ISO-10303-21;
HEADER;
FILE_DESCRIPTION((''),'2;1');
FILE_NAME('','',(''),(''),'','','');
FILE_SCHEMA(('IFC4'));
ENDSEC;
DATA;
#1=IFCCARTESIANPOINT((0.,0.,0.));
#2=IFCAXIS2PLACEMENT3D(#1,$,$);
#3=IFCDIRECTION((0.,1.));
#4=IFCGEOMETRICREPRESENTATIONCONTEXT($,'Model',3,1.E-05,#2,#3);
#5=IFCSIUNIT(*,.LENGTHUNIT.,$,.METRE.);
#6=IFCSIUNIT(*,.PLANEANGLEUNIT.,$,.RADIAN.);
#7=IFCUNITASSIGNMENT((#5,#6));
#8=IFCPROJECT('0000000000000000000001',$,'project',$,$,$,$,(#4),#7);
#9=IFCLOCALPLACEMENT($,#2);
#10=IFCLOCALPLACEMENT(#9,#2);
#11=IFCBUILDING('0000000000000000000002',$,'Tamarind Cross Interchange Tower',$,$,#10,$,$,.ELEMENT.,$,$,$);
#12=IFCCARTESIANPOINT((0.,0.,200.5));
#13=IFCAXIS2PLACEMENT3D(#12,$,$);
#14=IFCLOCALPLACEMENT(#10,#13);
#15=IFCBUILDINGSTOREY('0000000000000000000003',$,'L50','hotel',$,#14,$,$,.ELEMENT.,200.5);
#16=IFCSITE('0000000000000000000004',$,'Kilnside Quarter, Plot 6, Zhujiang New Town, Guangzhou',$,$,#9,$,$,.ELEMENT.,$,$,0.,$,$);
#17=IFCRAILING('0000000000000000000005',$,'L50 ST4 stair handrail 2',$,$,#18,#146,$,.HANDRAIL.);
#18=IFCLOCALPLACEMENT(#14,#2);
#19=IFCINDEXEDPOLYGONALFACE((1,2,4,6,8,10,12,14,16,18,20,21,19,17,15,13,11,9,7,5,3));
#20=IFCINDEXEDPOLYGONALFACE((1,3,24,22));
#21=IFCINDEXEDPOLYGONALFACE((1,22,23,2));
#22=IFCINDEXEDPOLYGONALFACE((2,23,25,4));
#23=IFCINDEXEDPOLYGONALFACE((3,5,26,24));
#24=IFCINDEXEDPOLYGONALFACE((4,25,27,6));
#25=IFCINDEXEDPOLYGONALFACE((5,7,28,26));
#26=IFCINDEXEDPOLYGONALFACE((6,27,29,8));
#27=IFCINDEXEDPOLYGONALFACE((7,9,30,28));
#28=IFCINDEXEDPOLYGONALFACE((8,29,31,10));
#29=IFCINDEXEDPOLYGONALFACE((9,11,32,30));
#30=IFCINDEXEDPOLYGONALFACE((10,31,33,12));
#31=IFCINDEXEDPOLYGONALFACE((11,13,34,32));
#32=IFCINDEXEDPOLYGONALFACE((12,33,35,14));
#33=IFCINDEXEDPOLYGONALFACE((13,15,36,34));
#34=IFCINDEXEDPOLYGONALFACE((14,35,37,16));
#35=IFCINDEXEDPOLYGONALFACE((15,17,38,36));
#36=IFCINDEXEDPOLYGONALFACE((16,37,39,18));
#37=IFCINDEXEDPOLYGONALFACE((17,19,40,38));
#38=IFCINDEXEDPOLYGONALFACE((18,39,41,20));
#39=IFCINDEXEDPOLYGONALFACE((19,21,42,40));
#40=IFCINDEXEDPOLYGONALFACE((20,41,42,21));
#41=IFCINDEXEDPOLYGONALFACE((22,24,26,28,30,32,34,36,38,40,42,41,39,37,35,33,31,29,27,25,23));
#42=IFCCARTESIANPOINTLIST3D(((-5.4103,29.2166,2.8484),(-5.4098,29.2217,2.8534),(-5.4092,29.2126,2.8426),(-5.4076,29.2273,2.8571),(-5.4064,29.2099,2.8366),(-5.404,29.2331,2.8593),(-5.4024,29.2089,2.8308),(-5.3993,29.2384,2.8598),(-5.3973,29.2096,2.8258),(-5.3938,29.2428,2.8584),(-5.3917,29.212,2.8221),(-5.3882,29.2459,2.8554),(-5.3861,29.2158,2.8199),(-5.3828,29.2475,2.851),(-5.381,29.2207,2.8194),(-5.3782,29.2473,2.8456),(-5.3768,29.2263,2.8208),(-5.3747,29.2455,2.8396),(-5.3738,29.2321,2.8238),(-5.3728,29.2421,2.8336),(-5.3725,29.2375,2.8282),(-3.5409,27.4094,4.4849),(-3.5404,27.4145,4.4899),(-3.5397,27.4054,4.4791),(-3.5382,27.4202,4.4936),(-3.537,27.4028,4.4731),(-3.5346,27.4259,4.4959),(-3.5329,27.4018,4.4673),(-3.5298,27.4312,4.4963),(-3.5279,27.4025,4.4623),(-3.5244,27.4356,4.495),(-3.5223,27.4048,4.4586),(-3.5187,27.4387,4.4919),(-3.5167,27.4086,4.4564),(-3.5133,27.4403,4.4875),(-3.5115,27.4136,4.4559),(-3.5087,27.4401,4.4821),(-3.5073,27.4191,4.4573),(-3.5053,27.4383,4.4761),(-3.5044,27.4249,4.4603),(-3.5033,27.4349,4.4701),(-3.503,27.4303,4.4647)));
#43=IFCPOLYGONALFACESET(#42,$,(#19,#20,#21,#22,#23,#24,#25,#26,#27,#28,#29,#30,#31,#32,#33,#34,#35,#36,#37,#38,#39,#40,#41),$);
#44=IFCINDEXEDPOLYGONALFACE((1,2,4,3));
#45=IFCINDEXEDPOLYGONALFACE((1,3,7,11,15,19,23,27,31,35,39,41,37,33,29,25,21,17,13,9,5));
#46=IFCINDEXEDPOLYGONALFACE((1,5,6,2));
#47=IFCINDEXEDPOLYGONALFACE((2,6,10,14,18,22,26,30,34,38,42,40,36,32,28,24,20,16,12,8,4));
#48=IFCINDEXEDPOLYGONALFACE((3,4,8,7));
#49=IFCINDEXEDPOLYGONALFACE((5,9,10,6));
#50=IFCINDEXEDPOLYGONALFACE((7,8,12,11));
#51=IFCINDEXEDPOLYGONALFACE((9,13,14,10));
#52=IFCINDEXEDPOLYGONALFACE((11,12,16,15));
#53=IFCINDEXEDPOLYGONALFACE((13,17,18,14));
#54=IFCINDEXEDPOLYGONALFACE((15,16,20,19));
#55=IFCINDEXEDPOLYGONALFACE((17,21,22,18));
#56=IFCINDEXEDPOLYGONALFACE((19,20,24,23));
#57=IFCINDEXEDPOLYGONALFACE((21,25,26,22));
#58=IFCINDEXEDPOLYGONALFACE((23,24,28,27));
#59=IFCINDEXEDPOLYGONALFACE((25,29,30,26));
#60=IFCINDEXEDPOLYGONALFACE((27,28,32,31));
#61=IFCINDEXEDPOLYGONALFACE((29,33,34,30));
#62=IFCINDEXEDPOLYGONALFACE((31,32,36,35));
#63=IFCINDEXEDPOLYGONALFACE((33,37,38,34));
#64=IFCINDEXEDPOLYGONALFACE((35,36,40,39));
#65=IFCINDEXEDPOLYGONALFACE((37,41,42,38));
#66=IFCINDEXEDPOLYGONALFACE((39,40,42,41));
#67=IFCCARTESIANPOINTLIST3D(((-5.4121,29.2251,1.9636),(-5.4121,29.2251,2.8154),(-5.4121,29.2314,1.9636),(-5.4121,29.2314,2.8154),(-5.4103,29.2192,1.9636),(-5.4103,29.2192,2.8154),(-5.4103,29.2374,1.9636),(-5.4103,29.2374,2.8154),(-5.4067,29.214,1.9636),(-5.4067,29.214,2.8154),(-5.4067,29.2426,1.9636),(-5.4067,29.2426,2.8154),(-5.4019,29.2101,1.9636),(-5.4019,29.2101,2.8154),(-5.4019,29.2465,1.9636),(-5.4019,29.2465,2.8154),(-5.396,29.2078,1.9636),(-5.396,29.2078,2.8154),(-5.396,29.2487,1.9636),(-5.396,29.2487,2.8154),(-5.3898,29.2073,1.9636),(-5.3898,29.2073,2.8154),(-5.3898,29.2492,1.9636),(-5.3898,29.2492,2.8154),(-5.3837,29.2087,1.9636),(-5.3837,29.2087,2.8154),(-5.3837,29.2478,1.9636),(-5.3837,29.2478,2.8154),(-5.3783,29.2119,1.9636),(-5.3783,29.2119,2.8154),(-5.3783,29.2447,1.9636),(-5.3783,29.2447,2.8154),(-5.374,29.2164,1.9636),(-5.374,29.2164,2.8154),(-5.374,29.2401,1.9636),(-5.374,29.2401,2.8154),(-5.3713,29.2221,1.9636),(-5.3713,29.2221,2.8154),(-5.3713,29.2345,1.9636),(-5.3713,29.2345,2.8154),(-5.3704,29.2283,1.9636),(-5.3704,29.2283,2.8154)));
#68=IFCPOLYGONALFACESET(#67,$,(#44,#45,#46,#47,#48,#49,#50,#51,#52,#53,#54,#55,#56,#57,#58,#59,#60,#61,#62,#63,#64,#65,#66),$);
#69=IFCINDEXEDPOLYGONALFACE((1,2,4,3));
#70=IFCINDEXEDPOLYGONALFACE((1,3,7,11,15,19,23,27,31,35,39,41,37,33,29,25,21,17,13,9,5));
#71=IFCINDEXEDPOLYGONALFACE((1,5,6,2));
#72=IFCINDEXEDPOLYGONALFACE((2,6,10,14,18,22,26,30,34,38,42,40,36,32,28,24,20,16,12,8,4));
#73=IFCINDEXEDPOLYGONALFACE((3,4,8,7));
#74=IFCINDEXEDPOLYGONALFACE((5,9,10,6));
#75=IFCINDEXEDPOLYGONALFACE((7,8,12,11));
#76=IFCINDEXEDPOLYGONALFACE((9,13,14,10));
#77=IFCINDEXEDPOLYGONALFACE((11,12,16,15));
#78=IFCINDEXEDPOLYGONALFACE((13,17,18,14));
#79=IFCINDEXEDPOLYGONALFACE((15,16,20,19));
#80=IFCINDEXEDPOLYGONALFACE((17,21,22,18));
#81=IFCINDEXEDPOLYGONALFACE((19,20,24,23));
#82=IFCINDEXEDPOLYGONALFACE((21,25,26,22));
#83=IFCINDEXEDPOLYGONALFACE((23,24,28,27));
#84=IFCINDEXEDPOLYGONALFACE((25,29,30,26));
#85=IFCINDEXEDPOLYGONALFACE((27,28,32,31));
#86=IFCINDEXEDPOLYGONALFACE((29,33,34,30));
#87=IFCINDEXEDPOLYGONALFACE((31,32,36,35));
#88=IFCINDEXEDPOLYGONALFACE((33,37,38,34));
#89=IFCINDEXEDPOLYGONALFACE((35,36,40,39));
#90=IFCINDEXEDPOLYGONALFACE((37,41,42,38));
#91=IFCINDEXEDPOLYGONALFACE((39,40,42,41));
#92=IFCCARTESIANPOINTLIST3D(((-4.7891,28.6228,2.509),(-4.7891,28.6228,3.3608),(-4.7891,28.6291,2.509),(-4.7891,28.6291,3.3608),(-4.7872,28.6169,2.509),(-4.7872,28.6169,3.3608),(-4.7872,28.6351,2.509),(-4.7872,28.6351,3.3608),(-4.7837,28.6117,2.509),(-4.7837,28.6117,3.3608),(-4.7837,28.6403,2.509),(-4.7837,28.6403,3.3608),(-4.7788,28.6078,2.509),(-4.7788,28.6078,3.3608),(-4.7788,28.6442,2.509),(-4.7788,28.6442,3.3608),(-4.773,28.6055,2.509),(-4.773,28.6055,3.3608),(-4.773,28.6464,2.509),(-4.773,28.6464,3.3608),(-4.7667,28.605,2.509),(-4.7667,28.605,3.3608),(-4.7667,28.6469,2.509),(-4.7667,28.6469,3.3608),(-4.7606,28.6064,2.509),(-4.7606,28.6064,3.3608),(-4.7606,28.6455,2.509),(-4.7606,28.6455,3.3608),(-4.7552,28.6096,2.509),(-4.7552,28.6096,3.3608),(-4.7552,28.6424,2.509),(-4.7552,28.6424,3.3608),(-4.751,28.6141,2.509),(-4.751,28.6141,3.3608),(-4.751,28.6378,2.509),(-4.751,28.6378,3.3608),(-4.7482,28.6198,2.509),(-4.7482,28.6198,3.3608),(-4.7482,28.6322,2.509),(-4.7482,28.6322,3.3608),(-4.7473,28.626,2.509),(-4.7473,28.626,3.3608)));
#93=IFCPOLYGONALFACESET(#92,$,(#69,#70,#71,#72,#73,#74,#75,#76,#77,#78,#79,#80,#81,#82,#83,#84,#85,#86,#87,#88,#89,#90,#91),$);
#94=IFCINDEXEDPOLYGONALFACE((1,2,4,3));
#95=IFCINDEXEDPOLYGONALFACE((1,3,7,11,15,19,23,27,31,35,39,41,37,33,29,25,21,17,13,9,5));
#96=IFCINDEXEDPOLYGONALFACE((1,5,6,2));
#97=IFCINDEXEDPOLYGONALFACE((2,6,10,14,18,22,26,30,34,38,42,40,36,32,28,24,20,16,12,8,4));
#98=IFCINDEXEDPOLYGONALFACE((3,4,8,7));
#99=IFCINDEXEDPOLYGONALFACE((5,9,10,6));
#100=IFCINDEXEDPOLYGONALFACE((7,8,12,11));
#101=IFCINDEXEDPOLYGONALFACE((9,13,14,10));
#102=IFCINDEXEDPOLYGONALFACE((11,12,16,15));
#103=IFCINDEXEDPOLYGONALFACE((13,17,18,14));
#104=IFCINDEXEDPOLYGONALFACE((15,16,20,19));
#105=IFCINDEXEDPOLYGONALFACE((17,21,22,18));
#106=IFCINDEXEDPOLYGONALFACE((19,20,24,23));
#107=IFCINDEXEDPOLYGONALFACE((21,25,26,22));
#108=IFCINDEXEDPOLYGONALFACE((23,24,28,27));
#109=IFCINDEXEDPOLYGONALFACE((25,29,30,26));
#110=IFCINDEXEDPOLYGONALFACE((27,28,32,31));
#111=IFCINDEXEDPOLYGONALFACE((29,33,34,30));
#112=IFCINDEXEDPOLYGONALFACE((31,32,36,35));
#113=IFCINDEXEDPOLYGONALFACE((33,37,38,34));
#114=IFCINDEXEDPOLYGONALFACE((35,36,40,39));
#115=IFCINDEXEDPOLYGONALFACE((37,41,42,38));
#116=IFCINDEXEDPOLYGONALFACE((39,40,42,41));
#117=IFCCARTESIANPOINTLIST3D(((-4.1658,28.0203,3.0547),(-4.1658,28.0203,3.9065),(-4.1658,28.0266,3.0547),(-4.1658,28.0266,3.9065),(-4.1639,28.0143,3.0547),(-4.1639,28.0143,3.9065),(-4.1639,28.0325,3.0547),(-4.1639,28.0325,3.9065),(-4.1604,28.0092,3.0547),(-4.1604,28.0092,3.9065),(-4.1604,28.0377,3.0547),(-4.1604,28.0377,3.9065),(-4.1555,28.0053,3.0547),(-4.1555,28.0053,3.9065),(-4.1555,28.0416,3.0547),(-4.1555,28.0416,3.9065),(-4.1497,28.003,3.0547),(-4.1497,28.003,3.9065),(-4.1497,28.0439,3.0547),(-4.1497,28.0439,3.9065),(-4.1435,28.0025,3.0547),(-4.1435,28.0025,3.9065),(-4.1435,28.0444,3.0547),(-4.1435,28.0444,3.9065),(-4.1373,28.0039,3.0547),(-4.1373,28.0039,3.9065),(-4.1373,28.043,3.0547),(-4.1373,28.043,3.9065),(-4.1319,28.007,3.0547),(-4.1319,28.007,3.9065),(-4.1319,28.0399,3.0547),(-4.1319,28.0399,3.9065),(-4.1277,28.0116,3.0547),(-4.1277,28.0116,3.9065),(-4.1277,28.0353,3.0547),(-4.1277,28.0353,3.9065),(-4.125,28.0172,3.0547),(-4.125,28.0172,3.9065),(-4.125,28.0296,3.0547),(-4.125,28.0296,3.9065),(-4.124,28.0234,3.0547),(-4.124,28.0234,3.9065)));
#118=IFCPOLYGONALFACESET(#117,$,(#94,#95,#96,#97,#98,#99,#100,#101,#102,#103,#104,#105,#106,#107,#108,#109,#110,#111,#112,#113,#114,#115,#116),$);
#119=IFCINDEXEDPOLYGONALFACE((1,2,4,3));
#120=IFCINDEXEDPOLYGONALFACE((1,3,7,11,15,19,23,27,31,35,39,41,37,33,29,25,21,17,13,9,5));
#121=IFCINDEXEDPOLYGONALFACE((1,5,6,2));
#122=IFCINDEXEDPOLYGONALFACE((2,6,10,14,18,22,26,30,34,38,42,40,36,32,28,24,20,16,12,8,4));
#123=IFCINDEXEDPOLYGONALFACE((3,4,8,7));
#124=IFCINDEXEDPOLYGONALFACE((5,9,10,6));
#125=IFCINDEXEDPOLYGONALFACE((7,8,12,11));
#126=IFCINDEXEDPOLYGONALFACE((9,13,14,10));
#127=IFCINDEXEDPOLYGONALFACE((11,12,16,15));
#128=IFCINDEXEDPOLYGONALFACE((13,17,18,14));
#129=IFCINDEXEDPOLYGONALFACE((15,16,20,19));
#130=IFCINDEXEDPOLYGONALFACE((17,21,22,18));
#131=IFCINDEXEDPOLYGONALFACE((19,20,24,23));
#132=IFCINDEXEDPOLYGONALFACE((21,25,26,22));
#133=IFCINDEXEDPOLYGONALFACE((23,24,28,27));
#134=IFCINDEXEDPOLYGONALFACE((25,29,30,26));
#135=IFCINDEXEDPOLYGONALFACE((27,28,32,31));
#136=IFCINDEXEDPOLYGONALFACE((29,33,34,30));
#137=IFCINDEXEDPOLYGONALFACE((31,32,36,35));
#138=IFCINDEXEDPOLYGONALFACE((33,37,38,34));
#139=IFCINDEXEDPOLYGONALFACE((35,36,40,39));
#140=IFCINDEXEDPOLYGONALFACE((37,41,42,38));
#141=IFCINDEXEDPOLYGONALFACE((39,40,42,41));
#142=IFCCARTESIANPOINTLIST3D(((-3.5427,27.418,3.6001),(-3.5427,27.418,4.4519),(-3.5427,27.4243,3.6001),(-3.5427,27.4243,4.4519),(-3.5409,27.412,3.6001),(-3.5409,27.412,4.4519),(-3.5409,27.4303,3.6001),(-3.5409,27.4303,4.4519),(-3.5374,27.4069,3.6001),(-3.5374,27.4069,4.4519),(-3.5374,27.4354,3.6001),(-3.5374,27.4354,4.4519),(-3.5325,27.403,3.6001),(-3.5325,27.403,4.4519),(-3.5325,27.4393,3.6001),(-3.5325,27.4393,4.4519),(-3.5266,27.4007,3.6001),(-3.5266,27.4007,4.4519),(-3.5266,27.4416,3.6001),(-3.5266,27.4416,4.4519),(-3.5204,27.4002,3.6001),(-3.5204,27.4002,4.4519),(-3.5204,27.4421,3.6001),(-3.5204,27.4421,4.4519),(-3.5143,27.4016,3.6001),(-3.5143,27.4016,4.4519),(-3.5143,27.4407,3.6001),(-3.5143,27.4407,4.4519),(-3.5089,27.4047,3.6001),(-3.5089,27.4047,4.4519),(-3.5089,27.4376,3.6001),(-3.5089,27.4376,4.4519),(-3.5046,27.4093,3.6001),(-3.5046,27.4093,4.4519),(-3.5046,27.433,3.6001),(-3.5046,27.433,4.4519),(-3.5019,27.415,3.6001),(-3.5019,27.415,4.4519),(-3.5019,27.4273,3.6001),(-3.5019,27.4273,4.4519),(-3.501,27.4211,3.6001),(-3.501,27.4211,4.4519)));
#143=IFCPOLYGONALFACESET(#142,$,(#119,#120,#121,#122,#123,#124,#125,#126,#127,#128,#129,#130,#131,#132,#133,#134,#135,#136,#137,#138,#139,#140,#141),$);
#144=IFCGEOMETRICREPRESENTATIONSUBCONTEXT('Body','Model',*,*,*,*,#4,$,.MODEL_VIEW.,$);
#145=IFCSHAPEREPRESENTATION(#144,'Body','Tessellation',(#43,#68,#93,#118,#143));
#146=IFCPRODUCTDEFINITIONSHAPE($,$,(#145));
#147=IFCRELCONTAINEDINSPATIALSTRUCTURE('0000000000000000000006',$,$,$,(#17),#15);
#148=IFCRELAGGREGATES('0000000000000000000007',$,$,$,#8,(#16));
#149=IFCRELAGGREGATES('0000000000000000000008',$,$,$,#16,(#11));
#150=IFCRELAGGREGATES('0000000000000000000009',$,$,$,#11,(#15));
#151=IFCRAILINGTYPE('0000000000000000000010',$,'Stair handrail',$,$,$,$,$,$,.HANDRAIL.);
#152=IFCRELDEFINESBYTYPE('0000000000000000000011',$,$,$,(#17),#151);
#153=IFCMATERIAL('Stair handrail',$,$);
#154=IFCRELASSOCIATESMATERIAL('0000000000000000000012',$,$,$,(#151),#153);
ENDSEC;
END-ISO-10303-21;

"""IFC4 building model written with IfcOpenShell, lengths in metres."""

from ifc_helpers import new_model, si_unit, direction, frame, origin, origin_2d, place, context, subcontext, project, spatial, circle, extrude, material, type_object, element, save


model = new_model("IFC4")

# Units and contexts
model_context = context("Model", 3, precision=1e-05, world=origin(), true_north=direction((0.0, 1.0)))
body_context = subcontext(model_context, "Body", "Model", "MODEL_VIEW")
ifc_project = project(units=[si_unit("LENGTHUNIT", "METRE"), si_unit("PLANEANGLEUNIT", "RADIAN")], contexts=[model_context])

# Site, building, storey
site_placement = place(None, origin())
site = spatial("IfcSite", under=ifc_project, at=site_placement, Name="Kilnside Quarter, Plot 6, Zhujiang New Town, Guangzhou", CompositionType="ELEMENT", RefElevation=0.0)
building_placement = place(site_placement, origin())
building = spatial("IfcBuilding", under=site, at=building_placement, Name="Tamarind Cross Interchange Tower", CompositionType="ELEMENT")
storey_placement = place(building_placement, frame((0.0, 0.0, 200.5)))
storey = spatial("IfcBuildingStorey", under=building, at=storey_placement, Name="L50", Description="hotel", CompositionType="ELEMENT", Elevation=200.5)

# Railing
ifc_material_1 = material(Name="Stair handrail")
railing_type_1 = type_object("IfcRailingType", Name="Stair handrail", PredefinedType="HANDRAIL", material=ifc_material_1)
railing_1_placement = place(storey_placement, frame((-5.3914, 29.2283, 1.9636)))
element("IfcRailing", 1, at=railing_1_placement, inside=storey, type_object=railing_type_1, Name="L50 ST4 stair handrail 2", PredefinedType="HANDRAIL", context=body_context, shape_type="SweptSolid", body=[
    extrude(circle(Radius=0.0239, at=origin_2d()), frame((0.0, 0.0, 0.876), z_axis=(0.608486, -0.588221, 0.532673), x_axis=(0.695033, 0.718977, 0.0)), (0.0, 0.0, 1.0), 3.0723),
    extrude(circle(Radius=0.021, at=origin_2d()), origin(), (0.0, 0.0, 1.0), 0.8518),
    extrude(circle(Radius=0.021, at=origin_2d()), frame((0.623, -0.6023, 0.5454)), (0.0, 0.0, 1.0), 0.8518),
    extrude(circle(Radius=0.021, at=origin_2d()), frame((1.2463, -1.2048, 1.0911)), (0.0, 0.0, 1.0), 0.8518),
    extrude(circle(Radius=0.021, at=origin_2d()), frame((1.8694, -1.8071, 1.6365)), (0.0, 0.0, 1.0), 0.8518),
])

save(model, "model.ifc")
